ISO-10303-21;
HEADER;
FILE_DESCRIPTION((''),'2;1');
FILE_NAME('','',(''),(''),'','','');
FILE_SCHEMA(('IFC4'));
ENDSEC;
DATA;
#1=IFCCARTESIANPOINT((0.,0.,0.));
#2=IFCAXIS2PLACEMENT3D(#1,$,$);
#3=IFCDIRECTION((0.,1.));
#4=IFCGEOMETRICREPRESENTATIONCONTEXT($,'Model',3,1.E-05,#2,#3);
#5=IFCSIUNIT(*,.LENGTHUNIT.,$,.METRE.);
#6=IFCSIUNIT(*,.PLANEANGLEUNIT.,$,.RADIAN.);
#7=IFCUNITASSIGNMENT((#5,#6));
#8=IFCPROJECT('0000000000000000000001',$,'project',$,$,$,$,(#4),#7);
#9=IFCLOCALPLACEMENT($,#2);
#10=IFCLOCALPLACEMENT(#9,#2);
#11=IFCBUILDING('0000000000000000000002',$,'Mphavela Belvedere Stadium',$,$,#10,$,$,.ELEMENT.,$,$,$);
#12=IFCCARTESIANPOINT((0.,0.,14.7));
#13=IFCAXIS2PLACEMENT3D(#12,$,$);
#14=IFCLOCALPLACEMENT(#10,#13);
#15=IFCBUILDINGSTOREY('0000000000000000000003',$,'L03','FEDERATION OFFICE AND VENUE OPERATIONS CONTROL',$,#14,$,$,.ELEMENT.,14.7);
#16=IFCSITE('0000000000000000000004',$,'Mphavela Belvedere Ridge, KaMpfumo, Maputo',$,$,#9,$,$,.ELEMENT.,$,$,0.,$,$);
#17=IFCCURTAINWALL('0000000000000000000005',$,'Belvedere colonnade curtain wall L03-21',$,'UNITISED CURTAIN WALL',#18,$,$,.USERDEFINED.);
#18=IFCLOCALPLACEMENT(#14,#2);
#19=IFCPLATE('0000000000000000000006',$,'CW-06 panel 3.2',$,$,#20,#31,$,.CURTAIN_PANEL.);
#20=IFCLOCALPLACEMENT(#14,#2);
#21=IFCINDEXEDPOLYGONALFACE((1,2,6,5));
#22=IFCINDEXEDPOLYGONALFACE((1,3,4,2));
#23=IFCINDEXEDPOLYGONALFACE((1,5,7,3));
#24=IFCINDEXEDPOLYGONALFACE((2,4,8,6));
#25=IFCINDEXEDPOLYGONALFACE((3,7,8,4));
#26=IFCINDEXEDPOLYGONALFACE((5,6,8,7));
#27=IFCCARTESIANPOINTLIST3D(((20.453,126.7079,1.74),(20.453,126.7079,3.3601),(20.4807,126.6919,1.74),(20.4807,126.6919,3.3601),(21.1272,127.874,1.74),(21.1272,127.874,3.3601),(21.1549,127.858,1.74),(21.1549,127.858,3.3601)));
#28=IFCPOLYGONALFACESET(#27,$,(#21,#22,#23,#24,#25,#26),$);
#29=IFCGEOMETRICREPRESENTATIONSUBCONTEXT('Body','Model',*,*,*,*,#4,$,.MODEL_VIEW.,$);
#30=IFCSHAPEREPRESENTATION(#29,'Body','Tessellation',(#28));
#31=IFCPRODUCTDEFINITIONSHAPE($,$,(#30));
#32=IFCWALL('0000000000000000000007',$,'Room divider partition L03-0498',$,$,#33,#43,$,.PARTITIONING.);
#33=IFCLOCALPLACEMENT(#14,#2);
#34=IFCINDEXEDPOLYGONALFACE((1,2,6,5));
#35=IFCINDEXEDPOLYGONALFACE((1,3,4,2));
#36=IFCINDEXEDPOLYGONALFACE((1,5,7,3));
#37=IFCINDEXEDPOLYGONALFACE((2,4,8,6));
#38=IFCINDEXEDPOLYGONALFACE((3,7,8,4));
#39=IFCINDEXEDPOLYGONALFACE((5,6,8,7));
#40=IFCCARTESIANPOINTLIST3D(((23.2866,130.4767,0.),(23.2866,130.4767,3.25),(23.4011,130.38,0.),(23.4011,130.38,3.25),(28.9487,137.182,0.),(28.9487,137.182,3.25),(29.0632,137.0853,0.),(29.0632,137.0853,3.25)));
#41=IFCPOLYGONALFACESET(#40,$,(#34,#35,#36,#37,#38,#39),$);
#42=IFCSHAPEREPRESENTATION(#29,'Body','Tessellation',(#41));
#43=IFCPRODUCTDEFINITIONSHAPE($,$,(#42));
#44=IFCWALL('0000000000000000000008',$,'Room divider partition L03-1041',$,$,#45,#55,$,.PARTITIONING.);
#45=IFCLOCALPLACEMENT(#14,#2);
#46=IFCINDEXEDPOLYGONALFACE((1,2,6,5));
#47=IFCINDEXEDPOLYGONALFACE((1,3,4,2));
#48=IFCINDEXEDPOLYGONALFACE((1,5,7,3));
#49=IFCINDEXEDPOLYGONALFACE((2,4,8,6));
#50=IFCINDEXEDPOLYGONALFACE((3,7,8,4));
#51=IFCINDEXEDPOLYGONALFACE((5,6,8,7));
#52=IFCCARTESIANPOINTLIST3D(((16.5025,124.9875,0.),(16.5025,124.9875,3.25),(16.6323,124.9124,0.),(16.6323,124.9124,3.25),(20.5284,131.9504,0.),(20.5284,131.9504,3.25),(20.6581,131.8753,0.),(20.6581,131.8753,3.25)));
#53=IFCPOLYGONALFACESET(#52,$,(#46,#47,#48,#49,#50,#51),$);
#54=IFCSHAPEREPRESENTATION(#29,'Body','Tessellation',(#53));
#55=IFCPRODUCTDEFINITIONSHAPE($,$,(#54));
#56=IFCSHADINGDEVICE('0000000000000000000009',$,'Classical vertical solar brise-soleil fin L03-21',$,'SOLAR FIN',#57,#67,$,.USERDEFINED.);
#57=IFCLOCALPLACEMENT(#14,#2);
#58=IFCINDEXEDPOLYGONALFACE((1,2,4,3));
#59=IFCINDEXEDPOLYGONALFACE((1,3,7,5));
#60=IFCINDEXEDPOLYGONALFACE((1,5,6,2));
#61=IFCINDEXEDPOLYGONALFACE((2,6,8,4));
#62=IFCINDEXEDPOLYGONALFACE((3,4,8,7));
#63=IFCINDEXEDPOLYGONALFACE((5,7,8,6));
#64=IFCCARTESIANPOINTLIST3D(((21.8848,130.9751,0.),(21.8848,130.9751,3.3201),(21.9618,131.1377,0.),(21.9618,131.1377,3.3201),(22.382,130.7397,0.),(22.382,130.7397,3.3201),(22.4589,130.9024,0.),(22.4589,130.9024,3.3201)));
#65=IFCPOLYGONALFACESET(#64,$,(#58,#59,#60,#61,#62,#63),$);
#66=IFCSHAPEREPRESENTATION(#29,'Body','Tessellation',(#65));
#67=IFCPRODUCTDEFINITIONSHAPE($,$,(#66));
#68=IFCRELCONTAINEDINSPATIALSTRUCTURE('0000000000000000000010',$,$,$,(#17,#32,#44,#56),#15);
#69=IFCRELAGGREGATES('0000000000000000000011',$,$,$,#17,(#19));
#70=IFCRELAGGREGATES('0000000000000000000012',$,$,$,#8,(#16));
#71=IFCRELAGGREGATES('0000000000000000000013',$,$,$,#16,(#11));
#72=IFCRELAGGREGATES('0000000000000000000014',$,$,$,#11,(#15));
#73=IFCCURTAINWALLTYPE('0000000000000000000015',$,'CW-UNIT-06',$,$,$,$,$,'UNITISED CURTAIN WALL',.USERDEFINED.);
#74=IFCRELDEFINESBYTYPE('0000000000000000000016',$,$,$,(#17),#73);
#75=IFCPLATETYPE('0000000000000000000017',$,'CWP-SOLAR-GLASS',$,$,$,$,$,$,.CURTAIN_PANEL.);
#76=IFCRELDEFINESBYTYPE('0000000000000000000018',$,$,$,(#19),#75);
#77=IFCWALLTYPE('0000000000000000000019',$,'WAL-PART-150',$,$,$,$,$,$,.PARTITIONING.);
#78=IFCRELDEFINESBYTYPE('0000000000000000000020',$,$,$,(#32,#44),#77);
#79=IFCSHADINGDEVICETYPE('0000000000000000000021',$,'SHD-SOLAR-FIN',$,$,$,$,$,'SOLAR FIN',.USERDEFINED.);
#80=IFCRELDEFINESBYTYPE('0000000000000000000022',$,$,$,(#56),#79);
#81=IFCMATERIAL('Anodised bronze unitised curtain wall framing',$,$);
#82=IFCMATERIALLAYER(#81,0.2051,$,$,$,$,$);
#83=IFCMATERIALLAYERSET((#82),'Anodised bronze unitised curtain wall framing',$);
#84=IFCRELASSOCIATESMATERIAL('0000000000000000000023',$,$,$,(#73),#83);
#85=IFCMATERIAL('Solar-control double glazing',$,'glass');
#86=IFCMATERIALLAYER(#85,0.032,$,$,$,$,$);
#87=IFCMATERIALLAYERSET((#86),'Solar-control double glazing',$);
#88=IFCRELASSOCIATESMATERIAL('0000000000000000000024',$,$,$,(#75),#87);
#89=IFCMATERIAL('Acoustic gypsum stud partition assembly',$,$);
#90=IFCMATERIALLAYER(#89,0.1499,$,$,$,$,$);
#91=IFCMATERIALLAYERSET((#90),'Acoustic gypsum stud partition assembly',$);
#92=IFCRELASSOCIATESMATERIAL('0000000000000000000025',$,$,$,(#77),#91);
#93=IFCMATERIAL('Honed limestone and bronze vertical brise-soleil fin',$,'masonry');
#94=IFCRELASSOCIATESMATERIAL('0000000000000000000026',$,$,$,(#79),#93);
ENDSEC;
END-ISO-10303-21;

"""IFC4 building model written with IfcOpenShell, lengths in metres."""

from ifc_helpers import new_model, si_unit, direction, frame, frame_2d, origin, origin_2d, place, context, subcontext, project, spatial, rectangle, extrude, material, layer, layer_set, type_object, element, aggregate, save


model = new_model("IFC4")

# Units and contexts
model_context = context("Model", 3, precision=1e-05, world=origin(), true_north=direction((0.0, 1.0)))
body_context = subcontext(model_context, "Body", "Model", "MODEL_VIEW")
ifc_project = project(units=[si_unit("LENGTHUNIT", "METRE"), si_unit("PLANEANGLEUNIT", "RADIAN")], contexts=[model_context])

# Site, building, storey
site_placement = place(None, origin())
site = spatial("IfcSite", under=ifc_project, at=site_placement, Name="Mphavela Belvedere Ridge, KaMpfumo, Maputo", CompositionType="ELEMENT", RefElevation=0.0)
building_placement = place(site_placement, origin())
building = spatial("IfcBuilding", under=site, at=building_placement, Name="Mphavela Belvedere Stadium", CompositionType="ELEMENT")
storey_placement = place(building_placement, frame((0.0, 0.0, 14.7)))
storey = spatial("IfcBuildingStorey", under=building, at=storey_placement, Name="L03", Description="FEDERATION OFFICE AND VENUE OPERATIONS CONTROL", CompositionType="ELEMENT", Elevation=14.7)

# Curtain wall
ifc_material_1 = material(Name="Anodised bronze unitised curtain wall framing")
ifc_layer_1 = layer(ifc_material_1, 0.2051)
ifc_layer_set_1 = layer_set([ifc_layer_1], Name="Anodised bronze unitised curtain wall framing")
curtain_wall_type_1 = type_object("IfcCurtainWallType", Name="CW-UNIT-06", ElementType="UNITISED CURTAIN WALL", PredefinedType="USERDEFINED", material=ifc_layer_set_1)
curtain_wall_1_placement = place(storey_placement, origin())
curtain_wall_1 = element("IfcCurtainWall", 1, at=curtain_wall_1_placement, inside=storey, type_object=curtain_wall_type_1, Name="Belvedere colonnade curtain wall L03-21", ObjectType="UNITISED CURTAIN WALL", PredefinedType="USERDEFINED")

# Plate
ifc_material_2 = material(Name="Solar-control double glazing", Category="glass")
ifc_layer_2 = layer(ifc_material_2, 0.032)
ifc_layer_set_2 = layer_set([ifc_layer_2], Name="Solar-control double glazing")
plate_type = type_object("IfcPlateType", Name="CWP-SOLAR-GLASS", PredefinedType="CURTAIN_PANEL", material=ifc_layer_set_2)
plate_1_placement = place(storey_placement, frame((20.804, 127.283, 1.74), z_axis=(0.0, 0.0, 1.0), x_axis=(-0.500554, -0.865705, 0.0)))
plate_1 = element("IfcPlate", 2, at=plate_1_placement, type_object=plate_type, Name="CW-06 panel 3.2", PredefinedType="CURTAIN_PANEL", context=body_context, shape_type="SweptSolid", body=[
    extrude(rectangle(XDim=1.3469, YDim=0.032, at=origin_2d()), origin(), (0.0, 0.0, 1.0), 1.6201),
])
aggregate(curtain_wall_1, [plate_1])

# Walls
ifc_material_3 = material(Name="Acoustic gypsum stud partition assembly")
ifc_layer_3 = layer(ifc_material_3, 0.1499)
ifc_layer_set_3 = layer_set([ifc_layer_3], Name="Acoustic gypsum stud partition assembly")
wall_type = type_object("IfcWallType", Name="WAL-PART-150", PredefinedType="PARTITIONING", material=ifc_layer_set_3)
wall_1_placement = place(storey_placement, frame((23.3438, 130.4282, 0.0), z_axis=(0.0, 0.0, 1.0), x_axis=(0.64517, 0.764039, 0.0)))
element("IfcWall", 3, at=wall_1_placement, inside=storey, type_object=wall_type, Name="Room divider partition L03-0498", PredefinedType="PARTITIONING", context=body_context, shape_type="SweptSolid", body=[
    extrude(rectangle(XDim=8.7761, YDim=0.1499, at=frame_2d((4.3882, 0.0))), origin(), (0.0, 0.0, 1.0), 3.25),
])
wall_2_placement = place(storey_placement, frame((20.5933, 131.9128, 0.0), z_axis=(0.0, 0.0, 1.0), x_axis=(-0.500546, -0.86571, 0.0)))
element("IfcWall", 4, at=wall_2_placement, inside=storey, type_object=wall_type, Name="Room divider partition L03-1041", PredefinedType="PARTITIONING", context=body_context, shape_type="SweptSolid", body=[
    extrude(rectangle(XDim=8.043, YDim=0.1499, at=frame_2d((4.0215, 0.0))), origin(), (0.0, 0.0, 1.0), 3.25),
])

# Shading device
ifc_material_4 = material(Name="Honed limestone and bronze vertical brise-soleil fin", Category="masonry")
shading_device_type = type_object("IfcShadingDeviceType", Name="SHD-SOLAR-FIN", ElementType="SOLAR FIN", PredefinedType="USERDEFINED", material=ifc_material_4)
shading_device_placement = place(storey_placement, frame((22.1719, 130.9387, 0.0), z_axis=(0.0, 0.0, 1.0), x_axis=(-0.903859, 0.427831, 0.0)))
element("IfcShadingDevice", 5, at=shading_device_placement, inside=storey, type_object=shading_device_type, Name="Classical vertical solar brise-soleil fin L03-21", ObjectType="SOLAR FIN", PredefinedType="USERDEFINED", context=body_context, shape_type="SweptSolid", body=[
    extrude(rectangle(XDim=0.55, YDim=0.1799, at=origin_2d()), origin(), (0.0, 0.0, 1.0), 3.3201),
])

save(model, "model.ifc")
